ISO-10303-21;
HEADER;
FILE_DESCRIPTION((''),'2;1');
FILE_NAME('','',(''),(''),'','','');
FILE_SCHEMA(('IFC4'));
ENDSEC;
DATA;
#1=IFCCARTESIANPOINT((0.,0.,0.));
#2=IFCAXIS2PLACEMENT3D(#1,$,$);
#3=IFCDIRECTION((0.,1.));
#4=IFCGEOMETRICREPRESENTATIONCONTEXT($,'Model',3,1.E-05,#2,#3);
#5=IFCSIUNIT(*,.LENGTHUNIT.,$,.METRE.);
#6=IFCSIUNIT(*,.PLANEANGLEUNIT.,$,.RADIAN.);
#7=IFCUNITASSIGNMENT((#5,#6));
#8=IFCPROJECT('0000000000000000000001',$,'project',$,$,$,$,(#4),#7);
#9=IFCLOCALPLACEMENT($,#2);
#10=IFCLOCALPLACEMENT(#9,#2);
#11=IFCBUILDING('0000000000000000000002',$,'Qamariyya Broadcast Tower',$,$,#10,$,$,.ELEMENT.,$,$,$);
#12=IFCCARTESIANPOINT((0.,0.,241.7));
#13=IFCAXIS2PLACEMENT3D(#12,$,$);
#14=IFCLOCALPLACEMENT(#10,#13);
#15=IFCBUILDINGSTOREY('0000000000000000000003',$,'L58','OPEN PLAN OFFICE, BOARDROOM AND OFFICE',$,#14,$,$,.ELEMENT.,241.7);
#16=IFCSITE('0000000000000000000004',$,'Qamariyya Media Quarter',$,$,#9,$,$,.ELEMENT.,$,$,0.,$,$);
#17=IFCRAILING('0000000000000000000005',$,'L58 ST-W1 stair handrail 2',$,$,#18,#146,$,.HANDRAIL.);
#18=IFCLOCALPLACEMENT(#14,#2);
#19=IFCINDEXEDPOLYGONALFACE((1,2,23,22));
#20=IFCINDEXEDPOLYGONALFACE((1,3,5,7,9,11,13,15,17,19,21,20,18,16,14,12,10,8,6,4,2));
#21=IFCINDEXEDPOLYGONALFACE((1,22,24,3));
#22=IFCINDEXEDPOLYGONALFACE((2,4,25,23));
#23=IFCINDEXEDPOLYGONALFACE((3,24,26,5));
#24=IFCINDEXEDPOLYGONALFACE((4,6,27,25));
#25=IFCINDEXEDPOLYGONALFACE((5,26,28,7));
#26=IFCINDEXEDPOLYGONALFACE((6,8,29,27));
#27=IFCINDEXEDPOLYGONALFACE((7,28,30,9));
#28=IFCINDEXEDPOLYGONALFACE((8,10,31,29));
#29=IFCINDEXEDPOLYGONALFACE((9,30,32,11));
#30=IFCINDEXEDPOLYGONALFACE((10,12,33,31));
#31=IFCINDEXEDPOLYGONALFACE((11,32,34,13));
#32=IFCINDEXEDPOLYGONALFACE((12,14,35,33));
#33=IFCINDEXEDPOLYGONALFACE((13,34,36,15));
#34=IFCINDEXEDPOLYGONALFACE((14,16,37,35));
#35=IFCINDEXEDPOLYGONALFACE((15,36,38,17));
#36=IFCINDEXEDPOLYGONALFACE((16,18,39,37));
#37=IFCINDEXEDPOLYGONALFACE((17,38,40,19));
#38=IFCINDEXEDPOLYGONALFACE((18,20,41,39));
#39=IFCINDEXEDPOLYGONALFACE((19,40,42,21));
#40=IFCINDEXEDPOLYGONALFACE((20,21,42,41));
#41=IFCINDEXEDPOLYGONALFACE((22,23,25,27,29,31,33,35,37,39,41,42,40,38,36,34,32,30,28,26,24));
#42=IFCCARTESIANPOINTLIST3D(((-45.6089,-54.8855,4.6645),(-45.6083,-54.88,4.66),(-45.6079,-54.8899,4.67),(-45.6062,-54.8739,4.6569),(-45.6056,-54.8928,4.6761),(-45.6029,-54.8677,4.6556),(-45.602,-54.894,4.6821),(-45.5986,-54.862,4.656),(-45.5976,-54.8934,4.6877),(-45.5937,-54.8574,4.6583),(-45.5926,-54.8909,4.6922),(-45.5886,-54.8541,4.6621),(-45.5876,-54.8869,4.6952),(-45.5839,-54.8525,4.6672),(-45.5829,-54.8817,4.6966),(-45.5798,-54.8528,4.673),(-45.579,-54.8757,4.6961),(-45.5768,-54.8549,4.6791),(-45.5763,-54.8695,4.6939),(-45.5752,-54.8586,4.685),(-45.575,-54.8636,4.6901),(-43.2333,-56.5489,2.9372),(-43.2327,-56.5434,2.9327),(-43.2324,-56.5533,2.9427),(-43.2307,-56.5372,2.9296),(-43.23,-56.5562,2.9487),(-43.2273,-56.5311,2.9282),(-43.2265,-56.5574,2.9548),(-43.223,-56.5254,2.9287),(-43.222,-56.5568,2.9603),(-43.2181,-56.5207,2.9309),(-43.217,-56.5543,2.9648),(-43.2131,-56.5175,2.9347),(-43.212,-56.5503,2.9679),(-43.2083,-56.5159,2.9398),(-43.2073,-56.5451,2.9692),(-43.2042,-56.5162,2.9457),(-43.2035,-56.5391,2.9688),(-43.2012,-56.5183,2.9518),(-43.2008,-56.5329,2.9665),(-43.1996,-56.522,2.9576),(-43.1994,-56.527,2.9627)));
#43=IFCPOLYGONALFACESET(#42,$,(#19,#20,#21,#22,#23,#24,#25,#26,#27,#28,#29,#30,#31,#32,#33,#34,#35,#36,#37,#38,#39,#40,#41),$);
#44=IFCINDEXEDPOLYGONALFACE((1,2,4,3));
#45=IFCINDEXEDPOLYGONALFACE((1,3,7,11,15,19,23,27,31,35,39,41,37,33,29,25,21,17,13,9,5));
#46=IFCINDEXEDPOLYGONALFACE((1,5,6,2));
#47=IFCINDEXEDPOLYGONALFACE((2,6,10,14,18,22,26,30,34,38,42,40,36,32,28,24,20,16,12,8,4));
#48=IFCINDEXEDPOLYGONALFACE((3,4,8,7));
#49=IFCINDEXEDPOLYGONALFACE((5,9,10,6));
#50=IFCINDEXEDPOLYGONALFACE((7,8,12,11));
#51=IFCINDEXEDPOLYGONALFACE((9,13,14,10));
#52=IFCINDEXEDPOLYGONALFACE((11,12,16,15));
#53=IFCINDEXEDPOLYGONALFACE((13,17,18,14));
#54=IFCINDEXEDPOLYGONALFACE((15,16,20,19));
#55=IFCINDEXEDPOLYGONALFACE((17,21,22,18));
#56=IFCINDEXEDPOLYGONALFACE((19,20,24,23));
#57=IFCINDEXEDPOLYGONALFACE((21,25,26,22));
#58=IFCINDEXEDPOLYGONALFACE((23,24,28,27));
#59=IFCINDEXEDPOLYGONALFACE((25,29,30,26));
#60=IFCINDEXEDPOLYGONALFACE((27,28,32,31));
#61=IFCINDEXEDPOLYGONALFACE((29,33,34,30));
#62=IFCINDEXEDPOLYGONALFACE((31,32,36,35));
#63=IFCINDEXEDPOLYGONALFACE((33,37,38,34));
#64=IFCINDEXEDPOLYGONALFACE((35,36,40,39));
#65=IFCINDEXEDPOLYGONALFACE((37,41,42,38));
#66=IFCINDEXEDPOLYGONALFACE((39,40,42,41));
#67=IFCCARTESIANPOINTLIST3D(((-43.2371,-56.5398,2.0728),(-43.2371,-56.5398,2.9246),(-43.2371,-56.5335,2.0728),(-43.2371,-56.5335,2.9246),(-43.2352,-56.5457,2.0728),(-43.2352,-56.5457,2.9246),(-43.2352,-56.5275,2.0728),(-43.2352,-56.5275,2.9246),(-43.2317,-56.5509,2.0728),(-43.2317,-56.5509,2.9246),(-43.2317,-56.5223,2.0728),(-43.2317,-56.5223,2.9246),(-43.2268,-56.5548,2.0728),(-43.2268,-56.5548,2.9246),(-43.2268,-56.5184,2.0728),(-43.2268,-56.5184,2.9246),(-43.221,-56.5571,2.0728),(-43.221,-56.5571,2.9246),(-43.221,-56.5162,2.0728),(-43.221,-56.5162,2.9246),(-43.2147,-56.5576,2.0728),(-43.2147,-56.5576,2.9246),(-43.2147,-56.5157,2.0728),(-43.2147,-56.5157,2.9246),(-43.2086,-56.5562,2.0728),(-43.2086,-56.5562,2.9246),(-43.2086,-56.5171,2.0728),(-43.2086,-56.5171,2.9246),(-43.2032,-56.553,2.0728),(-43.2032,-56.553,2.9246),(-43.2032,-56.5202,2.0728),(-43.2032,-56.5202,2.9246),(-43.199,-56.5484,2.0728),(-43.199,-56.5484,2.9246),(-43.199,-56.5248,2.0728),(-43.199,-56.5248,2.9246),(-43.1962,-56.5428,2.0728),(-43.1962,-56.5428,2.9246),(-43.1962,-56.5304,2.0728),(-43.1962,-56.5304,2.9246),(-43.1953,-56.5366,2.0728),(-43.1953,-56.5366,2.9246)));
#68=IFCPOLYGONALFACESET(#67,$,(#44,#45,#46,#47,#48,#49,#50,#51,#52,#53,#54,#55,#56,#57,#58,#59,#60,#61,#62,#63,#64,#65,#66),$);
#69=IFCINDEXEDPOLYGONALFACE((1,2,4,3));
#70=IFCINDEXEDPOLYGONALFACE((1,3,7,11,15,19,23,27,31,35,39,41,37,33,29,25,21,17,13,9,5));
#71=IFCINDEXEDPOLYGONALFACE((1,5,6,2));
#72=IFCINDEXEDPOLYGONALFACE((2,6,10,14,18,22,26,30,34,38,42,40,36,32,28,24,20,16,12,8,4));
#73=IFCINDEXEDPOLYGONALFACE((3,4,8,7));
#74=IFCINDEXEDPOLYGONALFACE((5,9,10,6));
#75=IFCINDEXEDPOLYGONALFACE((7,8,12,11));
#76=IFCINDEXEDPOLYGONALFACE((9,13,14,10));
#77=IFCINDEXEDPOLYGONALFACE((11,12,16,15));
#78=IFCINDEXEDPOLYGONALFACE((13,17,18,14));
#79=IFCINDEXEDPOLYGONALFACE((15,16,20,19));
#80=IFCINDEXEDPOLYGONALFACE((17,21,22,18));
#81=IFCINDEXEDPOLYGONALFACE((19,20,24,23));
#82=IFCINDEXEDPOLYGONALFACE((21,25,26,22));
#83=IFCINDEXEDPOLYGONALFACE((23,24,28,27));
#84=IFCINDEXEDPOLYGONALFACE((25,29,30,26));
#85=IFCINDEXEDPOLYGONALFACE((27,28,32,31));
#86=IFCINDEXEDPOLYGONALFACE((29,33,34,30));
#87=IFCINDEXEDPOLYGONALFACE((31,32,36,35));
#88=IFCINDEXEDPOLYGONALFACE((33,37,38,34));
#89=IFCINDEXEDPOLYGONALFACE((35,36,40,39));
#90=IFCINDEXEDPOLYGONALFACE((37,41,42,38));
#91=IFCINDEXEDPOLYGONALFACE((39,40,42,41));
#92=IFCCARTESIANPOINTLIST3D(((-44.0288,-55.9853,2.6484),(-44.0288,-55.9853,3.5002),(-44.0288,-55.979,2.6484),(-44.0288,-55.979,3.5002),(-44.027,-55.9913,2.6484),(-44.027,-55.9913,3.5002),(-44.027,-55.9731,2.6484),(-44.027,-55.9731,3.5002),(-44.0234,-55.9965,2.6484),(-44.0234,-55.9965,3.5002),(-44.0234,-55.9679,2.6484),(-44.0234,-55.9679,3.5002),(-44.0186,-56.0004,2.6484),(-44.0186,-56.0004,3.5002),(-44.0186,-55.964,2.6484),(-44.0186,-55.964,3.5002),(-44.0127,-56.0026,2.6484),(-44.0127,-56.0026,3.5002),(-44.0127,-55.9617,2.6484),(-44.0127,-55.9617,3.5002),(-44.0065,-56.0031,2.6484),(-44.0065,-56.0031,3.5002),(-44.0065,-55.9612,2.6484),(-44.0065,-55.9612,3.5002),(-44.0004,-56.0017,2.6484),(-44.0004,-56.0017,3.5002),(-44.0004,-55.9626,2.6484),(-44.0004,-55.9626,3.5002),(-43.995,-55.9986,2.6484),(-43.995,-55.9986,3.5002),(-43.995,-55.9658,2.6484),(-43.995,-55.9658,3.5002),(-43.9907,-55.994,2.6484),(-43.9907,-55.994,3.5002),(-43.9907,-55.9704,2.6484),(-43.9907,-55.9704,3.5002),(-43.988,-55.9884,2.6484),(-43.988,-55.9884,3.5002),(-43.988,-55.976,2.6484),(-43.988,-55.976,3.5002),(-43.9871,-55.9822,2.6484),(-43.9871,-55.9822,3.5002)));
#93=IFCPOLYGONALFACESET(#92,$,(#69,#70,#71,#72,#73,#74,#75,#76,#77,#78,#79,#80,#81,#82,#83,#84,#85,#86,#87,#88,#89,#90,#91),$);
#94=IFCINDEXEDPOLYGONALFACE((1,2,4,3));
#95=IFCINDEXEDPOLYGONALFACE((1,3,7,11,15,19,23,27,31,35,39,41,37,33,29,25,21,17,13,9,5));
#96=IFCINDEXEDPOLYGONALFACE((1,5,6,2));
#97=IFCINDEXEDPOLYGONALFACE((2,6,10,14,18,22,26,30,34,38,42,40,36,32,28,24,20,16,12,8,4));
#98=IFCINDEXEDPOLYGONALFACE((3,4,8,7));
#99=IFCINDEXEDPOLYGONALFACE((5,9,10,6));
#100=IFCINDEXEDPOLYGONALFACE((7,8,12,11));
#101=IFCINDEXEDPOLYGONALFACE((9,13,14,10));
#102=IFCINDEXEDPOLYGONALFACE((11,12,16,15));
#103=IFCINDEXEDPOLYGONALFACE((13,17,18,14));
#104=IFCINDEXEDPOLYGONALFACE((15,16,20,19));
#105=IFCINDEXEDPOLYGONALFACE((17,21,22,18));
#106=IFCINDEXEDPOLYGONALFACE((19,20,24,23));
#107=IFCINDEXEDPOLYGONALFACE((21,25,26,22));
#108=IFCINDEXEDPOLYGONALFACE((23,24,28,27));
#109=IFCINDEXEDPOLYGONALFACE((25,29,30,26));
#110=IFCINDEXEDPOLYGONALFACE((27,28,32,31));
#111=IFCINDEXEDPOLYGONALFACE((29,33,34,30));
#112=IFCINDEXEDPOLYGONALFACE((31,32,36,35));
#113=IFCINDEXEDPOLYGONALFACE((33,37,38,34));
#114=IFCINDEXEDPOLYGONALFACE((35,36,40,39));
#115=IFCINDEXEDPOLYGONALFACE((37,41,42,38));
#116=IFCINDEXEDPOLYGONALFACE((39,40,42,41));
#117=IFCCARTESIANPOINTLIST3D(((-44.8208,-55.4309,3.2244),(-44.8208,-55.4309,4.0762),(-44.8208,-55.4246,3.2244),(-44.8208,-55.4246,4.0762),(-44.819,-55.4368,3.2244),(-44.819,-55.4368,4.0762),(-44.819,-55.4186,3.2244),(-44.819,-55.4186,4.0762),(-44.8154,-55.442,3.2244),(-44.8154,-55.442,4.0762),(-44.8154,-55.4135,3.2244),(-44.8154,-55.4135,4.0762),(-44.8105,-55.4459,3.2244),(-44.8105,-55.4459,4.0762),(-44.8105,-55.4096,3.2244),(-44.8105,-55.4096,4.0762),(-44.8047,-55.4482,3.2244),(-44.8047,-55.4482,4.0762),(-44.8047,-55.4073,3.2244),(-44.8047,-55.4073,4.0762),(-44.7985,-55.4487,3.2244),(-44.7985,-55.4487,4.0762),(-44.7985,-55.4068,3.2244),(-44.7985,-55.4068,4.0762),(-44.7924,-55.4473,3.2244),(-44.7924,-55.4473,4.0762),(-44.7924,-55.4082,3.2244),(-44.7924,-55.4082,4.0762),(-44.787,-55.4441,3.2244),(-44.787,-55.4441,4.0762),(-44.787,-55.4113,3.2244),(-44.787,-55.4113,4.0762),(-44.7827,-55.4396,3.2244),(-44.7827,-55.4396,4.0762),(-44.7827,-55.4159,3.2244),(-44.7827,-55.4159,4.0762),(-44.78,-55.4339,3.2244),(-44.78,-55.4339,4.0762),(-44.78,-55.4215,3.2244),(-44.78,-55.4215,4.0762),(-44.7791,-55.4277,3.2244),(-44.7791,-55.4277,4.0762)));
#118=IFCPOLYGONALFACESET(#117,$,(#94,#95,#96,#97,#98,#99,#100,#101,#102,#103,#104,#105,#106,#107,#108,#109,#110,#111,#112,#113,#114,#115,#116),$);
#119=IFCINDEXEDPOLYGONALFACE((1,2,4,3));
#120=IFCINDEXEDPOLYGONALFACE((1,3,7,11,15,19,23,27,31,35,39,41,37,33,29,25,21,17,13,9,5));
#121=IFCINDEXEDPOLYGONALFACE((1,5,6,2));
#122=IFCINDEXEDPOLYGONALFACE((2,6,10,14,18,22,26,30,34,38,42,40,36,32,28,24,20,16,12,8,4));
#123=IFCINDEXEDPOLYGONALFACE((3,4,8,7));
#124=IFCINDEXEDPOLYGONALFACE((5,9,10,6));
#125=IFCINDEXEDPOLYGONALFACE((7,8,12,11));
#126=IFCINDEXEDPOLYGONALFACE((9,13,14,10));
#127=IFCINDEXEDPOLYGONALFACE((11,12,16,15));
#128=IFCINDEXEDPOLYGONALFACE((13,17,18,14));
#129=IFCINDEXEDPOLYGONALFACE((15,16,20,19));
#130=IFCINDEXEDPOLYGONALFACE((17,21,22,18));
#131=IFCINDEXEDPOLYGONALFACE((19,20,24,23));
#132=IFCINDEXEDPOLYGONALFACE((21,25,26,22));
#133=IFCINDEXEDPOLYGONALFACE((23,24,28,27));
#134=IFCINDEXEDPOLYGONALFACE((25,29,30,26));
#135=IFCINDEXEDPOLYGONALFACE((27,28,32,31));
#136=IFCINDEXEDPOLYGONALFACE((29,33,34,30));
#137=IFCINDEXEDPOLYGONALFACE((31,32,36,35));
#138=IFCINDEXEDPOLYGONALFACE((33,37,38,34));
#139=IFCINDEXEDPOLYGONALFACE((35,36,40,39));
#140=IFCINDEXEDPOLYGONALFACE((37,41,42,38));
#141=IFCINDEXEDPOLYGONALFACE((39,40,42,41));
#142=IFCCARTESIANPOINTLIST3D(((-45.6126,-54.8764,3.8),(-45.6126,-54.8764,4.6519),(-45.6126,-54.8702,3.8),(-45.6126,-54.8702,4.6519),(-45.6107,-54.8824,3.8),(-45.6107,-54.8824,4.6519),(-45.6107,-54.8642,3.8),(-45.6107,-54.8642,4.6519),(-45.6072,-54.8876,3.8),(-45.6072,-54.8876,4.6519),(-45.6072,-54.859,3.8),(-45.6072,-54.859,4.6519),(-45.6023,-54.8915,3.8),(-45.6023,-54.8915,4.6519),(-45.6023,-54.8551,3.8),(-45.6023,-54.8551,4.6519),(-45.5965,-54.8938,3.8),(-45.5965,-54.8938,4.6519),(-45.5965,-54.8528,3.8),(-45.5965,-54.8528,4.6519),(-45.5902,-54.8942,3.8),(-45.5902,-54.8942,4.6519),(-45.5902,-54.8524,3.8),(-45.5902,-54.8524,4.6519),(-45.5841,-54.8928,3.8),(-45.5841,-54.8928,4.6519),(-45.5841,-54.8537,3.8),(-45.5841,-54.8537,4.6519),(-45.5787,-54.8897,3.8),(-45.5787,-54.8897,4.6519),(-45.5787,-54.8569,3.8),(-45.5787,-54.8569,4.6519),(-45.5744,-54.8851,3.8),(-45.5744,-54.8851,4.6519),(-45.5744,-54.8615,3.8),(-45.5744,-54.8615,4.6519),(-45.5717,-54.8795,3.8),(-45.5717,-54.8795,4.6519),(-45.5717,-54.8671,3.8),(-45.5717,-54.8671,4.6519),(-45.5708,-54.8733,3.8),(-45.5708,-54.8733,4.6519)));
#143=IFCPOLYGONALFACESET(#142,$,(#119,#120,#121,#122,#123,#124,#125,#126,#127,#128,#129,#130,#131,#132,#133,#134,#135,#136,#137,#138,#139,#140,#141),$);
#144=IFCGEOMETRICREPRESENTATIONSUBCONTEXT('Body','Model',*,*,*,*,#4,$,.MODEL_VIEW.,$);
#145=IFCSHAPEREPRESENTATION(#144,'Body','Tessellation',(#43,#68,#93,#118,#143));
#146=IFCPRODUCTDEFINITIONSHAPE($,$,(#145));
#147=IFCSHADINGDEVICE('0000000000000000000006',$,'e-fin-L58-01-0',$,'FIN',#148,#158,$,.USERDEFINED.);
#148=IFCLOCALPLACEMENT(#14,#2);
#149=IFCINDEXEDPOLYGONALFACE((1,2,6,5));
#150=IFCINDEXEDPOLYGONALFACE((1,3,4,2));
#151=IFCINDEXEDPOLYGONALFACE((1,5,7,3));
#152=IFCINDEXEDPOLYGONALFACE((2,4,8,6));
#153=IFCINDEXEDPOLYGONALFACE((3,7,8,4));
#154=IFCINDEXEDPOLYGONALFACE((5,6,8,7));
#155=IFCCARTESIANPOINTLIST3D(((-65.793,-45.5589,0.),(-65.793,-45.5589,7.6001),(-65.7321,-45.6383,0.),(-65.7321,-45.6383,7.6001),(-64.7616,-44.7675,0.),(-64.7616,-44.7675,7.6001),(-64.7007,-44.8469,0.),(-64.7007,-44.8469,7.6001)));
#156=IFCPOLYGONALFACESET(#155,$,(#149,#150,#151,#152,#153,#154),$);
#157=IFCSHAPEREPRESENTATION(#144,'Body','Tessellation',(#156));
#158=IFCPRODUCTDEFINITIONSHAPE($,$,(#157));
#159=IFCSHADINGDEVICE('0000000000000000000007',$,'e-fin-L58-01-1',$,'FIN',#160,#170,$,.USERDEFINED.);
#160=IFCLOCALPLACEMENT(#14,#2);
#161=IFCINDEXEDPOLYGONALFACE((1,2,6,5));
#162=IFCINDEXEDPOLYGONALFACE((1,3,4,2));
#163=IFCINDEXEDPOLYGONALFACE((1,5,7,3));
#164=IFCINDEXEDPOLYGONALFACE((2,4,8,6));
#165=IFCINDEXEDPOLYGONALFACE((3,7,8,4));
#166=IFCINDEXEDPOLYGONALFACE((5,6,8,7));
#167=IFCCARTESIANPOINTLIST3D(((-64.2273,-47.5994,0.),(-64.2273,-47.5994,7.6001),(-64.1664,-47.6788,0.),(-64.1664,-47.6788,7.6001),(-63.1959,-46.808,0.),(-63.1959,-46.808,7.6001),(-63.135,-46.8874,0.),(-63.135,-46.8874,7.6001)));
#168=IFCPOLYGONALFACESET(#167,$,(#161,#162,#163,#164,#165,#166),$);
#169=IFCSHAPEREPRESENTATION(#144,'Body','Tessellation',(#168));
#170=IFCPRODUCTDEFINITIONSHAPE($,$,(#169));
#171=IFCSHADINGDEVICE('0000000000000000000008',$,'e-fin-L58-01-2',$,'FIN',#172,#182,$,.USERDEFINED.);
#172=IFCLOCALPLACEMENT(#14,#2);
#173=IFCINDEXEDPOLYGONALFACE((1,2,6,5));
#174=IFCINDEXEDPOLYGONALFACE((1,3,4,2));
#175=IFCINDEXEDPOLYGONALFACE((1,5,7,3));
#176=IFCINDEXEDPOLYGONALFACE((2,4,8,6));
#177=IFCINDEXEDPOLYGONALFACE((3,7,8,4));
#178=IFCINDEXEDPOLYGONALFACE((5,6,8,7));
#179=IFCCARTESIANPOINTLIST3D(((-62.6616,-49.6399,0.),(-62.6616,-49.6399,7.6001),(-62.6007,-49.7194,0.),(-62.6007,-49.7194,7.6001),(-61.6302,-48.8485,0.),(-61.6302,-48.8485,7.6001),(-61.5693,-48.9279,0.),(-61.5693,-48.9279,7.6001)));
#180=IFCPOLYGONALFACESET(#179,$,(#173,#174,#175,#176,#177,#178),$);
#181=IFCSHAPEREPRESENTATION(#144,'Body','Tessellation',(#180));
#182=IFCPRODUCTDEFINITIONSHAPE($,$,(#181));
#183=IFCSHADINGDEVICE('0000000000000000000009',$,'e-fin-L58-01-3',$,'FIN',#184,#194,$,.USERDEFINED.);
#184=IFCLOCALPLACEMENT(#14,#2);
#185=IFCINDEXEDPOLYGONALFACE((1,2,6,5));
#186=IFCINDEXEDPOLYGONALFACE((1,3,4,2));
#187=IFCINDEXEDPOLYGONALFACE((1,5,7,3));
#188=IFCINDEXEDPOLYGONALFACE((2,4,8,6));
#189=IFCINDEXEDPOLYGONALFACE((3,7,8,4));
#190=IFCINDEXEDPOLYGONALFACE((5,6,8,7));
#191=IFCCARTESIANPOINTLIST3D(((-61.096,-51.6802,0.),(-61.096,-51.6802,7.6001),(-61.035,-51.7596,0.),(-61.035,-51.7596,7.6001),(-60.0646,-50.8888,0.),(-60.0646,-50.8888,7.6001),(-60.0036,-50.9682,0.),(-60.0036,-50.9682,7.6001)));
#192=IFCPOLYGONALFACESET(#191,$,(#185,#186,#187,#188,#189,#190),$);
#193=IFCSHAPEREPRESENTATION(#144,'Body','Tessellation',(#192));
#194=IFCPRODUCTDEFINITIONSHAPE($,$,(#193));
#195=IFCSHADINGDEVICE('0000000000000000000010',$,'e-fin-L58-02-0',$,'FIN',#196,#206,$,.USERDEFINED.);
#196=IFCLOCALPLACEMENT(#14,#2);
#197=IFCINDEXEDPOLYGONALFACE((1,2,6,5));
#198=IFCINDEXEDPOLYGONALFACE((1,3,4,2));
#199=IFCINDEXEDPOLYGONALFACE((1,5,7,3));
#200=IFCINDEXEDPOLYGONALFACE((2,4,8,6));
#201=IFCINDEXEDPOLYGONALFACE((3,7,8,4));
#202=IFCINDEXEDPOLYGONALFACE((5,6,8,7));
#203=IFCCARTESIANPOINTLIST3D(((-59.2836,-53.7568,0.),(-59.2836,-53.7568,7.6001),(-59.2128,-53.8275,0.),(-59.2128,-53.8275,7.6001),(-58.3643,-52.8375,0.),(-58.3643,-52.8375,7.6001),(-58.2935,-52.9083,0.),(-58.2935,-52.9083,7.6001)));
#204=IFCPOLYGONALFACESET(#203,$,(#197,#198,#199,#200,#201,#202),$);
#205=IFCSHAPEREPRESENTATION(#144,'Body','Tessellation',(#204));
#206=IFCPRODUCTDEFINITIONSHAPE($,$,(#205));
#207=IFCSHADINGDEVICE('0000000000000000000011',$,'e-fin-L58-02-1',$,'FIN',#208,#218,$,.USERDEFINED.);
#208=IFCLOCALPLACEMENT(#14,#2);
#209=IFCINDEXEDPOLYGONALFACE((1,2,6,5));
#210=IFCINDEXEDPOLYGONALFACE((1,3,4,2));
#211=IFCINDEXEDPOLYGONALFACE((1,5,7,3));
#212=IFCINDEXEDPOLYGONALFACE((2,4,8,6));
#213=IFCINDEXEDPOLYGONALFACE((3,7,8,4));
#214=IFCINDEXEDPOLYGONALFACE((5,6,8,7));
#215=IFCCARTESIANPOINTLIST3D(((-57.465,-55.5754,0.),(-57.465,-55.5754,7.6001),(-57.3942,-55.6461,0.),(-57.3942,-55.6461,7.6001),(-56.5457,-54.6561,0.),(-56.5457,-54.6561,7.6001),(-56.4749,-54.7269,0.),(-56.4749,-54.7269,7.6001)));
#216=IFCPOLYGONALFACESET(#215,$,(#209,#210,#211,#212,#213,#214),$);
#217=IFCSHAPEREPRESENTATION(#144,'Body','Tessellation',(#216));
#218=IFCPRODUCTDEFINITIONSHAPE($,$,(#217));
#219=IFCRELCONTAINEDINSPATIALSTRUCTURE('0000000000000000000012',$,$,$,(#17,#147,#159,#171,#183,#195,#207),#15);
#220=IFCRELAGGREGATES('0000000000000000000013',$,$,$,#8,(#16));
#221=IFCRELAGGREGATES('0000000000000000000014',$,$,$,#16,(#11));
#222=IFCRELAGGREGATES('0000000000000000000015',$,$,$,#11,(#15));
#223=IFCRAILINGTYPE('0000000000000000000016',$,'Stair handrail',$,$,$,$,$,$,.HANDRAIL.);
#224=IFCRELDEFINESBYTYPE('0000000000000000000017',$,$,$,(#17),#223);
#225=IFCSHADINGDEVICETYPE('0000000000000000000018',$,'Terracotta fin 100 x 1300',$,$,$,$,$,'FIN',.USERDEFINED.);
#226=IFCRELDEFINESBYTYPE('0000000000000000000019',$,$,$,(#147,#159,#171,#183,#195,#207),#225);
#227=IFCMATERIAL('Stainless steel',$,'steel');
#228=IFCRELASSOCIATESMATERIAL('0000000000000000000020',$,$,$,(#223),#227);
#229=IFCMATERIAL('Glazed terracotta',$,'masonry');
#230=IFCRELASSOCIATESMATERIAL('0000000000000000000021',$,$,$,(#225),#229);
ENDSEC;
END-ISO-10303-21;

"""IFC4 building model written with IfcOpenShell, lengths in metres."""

from ifc_helpers import new_model, si_unit, direction, frame, origin, origin_2d, place, context, subcontext, project, spatial, rectangle, circle, extrude, material, material_profile, profile_set, type_object, element, save


model = new_model("IFC4")

# Units and contexts
model_context = context("Model", 3, precision=1e-05, world=origin(), true_north=direction((0.0, 1.0)))
body_context = subcontext(model_context, "Body", "Model", "MODEL_VIEW")
ifc_project = project(units=[si_unit("LENGTHUNIT", "METRE"), si_unit("PLANEANGLEUNIT", "RADIAN")], contexts=[model_context])

# Site, building, storey
site_placement = place(None, origin())
site = spatial("IfcSite", under=ifc_project, at=site_placement, Name="Qamariyya Media Quarter", CompositionType="ELEMENT", RefElevation=0.0)
building_placement = place(site_placement, origin())
building = spatial("IfcBuilding", under=site, at=building_placement, Name="Qamariyya Broadcast Tower", CompositionType="ELEMENT")
storey_placement = place(building_placement, frame((0.0, 0.0, 241.7)))
storey = spatial("IfcBuildingStorey", under=building, at=storey_placement, Name="L58", Description="OPEN PLAN OFFICE, BOARDROOM AND OFFICE", CompositionType="ELEMENT", Elevation=241.7)

# Railing
ifc_material_1 = material(Name="Stainless steel", Category="steel")
railing_type_1 = type_object("IfcRailingType", Name="Stair handrail", PredefinedType="HANDRAIL", material=ifc_material_1)
railing_1_placement = place(storey_placement, frame((-43.2163, -56.5366, 2.0728)))
element("IfcRailing", 1, at=railing_1_placement, inside=storey, type_object=railing_type_1, Name="L58 ST-W1 stair handrail 2", PredefinedType="HANDRAIL", context=body_context, shape_type="SweptSolid", body=[
    extrude(circle(Radius=0.0239, at=origin_2d()), frame((0.0, 0.0, 0.876), z_axis=(-0.70377, 0.492784, 0.511734), x_axis=(-0.573575, -0.819153, 0.0)), (0.0, 0.0, 1.0), 3.3755),
    extrude(circle(Radius=0.021, at=origin_2d()), origin(), (0.0, 0.0, 1.0), 0.8518),
    extrude(circle(Radius=0.021, at=origin_2d()), frame((-0.7917, 0.5544, 0.5757)), (0.0, 0.0, 1.0), 0.8518),
    extrude(circle(Radius=0.021, at=origin_2d()), frame((-1.5837, 1.1089, 1.1516)), (0.0, 0.0, 1.0), 0.8518),
    extrude(circle(Radius=0.021, at=origin_2d()), frame((-2.3755, 1.6633, 1.7273)), (0.0, 0.0, 1.0), 0.8518),
])

# Shading devices
ifc_material_2 = material(Name="Glazed terracotta", Category="masonry")
ifc_material_profile_1 = material_profile(ifc_material_2, rectangle(XDim=1.3, YDim=0.1001, at=origin_2d()))
ifc_profile_set_1 = profile_set([ifc_material_profile_1], Name="Glazed terracotta")
shading_device_type_1 = type_object("IfcShadingDeviceType", Name="Terracotta fin 100 x 1300", ElementType="FIN", PredefinedType="USERDEFINED", material=ifc_profile_set_1)
for number, where, z_axis, x_axis, name in (
    (2, (-65.2468, -45.2029, 0.0), (0.0, 0.0, 1.0), (-0.793353, -0.608761, 0.0), "e-fin-L58-01-0"),
    (3, (-63.6812, -47.2434, 0.0), (0.0, 0.0, 1.0), (-0.793353, -0.608761, 0.0), "e-fin-L58-01-1"),
    (4, (-62.1155, -49.2839, 0.0), (0.0, 0.0, 1.0), (-0.793353, -0.608761, 0.0), "e-fin-L58-01-2"),
    (5, (-60.5498, -51.3242, 0.0), (0.0, 0.0, 1.0), (-0.793353, -0.608761, 0.0), "e-fin-L58-01-3"),
    (6, (-58.7886, -53.3325, 0.0), (0.0, 0.0, 1.0), (-0.707107, -0.707107, 0.0), "e-fin-L58-02-0"),
    (7, (-56.97, -55.1511, 0.0), (0.0, 0.0, 1.0), (-0.707107, -0.707107, 0.0), "e-fin-L58-02-1"),
):
    element("IfcShadingDevice", number, at=place(storey_placement, frame(where, z_axis=z_axis, x_axis=x_axis)), inside=storey, type_object=shading_device_type_1, Name=name, ObjectType="FIN", PredefinedType="USERDEFINED", context=body_context, shape_type="SweptSolid", body=[
        extrude(rectangle(XDim=1.3, YDim=0.1001, at=origin_2d()), origin(), (0.0, 0.0, 1.0), 7.6001),
    ])

save(model, "model.ifc")
